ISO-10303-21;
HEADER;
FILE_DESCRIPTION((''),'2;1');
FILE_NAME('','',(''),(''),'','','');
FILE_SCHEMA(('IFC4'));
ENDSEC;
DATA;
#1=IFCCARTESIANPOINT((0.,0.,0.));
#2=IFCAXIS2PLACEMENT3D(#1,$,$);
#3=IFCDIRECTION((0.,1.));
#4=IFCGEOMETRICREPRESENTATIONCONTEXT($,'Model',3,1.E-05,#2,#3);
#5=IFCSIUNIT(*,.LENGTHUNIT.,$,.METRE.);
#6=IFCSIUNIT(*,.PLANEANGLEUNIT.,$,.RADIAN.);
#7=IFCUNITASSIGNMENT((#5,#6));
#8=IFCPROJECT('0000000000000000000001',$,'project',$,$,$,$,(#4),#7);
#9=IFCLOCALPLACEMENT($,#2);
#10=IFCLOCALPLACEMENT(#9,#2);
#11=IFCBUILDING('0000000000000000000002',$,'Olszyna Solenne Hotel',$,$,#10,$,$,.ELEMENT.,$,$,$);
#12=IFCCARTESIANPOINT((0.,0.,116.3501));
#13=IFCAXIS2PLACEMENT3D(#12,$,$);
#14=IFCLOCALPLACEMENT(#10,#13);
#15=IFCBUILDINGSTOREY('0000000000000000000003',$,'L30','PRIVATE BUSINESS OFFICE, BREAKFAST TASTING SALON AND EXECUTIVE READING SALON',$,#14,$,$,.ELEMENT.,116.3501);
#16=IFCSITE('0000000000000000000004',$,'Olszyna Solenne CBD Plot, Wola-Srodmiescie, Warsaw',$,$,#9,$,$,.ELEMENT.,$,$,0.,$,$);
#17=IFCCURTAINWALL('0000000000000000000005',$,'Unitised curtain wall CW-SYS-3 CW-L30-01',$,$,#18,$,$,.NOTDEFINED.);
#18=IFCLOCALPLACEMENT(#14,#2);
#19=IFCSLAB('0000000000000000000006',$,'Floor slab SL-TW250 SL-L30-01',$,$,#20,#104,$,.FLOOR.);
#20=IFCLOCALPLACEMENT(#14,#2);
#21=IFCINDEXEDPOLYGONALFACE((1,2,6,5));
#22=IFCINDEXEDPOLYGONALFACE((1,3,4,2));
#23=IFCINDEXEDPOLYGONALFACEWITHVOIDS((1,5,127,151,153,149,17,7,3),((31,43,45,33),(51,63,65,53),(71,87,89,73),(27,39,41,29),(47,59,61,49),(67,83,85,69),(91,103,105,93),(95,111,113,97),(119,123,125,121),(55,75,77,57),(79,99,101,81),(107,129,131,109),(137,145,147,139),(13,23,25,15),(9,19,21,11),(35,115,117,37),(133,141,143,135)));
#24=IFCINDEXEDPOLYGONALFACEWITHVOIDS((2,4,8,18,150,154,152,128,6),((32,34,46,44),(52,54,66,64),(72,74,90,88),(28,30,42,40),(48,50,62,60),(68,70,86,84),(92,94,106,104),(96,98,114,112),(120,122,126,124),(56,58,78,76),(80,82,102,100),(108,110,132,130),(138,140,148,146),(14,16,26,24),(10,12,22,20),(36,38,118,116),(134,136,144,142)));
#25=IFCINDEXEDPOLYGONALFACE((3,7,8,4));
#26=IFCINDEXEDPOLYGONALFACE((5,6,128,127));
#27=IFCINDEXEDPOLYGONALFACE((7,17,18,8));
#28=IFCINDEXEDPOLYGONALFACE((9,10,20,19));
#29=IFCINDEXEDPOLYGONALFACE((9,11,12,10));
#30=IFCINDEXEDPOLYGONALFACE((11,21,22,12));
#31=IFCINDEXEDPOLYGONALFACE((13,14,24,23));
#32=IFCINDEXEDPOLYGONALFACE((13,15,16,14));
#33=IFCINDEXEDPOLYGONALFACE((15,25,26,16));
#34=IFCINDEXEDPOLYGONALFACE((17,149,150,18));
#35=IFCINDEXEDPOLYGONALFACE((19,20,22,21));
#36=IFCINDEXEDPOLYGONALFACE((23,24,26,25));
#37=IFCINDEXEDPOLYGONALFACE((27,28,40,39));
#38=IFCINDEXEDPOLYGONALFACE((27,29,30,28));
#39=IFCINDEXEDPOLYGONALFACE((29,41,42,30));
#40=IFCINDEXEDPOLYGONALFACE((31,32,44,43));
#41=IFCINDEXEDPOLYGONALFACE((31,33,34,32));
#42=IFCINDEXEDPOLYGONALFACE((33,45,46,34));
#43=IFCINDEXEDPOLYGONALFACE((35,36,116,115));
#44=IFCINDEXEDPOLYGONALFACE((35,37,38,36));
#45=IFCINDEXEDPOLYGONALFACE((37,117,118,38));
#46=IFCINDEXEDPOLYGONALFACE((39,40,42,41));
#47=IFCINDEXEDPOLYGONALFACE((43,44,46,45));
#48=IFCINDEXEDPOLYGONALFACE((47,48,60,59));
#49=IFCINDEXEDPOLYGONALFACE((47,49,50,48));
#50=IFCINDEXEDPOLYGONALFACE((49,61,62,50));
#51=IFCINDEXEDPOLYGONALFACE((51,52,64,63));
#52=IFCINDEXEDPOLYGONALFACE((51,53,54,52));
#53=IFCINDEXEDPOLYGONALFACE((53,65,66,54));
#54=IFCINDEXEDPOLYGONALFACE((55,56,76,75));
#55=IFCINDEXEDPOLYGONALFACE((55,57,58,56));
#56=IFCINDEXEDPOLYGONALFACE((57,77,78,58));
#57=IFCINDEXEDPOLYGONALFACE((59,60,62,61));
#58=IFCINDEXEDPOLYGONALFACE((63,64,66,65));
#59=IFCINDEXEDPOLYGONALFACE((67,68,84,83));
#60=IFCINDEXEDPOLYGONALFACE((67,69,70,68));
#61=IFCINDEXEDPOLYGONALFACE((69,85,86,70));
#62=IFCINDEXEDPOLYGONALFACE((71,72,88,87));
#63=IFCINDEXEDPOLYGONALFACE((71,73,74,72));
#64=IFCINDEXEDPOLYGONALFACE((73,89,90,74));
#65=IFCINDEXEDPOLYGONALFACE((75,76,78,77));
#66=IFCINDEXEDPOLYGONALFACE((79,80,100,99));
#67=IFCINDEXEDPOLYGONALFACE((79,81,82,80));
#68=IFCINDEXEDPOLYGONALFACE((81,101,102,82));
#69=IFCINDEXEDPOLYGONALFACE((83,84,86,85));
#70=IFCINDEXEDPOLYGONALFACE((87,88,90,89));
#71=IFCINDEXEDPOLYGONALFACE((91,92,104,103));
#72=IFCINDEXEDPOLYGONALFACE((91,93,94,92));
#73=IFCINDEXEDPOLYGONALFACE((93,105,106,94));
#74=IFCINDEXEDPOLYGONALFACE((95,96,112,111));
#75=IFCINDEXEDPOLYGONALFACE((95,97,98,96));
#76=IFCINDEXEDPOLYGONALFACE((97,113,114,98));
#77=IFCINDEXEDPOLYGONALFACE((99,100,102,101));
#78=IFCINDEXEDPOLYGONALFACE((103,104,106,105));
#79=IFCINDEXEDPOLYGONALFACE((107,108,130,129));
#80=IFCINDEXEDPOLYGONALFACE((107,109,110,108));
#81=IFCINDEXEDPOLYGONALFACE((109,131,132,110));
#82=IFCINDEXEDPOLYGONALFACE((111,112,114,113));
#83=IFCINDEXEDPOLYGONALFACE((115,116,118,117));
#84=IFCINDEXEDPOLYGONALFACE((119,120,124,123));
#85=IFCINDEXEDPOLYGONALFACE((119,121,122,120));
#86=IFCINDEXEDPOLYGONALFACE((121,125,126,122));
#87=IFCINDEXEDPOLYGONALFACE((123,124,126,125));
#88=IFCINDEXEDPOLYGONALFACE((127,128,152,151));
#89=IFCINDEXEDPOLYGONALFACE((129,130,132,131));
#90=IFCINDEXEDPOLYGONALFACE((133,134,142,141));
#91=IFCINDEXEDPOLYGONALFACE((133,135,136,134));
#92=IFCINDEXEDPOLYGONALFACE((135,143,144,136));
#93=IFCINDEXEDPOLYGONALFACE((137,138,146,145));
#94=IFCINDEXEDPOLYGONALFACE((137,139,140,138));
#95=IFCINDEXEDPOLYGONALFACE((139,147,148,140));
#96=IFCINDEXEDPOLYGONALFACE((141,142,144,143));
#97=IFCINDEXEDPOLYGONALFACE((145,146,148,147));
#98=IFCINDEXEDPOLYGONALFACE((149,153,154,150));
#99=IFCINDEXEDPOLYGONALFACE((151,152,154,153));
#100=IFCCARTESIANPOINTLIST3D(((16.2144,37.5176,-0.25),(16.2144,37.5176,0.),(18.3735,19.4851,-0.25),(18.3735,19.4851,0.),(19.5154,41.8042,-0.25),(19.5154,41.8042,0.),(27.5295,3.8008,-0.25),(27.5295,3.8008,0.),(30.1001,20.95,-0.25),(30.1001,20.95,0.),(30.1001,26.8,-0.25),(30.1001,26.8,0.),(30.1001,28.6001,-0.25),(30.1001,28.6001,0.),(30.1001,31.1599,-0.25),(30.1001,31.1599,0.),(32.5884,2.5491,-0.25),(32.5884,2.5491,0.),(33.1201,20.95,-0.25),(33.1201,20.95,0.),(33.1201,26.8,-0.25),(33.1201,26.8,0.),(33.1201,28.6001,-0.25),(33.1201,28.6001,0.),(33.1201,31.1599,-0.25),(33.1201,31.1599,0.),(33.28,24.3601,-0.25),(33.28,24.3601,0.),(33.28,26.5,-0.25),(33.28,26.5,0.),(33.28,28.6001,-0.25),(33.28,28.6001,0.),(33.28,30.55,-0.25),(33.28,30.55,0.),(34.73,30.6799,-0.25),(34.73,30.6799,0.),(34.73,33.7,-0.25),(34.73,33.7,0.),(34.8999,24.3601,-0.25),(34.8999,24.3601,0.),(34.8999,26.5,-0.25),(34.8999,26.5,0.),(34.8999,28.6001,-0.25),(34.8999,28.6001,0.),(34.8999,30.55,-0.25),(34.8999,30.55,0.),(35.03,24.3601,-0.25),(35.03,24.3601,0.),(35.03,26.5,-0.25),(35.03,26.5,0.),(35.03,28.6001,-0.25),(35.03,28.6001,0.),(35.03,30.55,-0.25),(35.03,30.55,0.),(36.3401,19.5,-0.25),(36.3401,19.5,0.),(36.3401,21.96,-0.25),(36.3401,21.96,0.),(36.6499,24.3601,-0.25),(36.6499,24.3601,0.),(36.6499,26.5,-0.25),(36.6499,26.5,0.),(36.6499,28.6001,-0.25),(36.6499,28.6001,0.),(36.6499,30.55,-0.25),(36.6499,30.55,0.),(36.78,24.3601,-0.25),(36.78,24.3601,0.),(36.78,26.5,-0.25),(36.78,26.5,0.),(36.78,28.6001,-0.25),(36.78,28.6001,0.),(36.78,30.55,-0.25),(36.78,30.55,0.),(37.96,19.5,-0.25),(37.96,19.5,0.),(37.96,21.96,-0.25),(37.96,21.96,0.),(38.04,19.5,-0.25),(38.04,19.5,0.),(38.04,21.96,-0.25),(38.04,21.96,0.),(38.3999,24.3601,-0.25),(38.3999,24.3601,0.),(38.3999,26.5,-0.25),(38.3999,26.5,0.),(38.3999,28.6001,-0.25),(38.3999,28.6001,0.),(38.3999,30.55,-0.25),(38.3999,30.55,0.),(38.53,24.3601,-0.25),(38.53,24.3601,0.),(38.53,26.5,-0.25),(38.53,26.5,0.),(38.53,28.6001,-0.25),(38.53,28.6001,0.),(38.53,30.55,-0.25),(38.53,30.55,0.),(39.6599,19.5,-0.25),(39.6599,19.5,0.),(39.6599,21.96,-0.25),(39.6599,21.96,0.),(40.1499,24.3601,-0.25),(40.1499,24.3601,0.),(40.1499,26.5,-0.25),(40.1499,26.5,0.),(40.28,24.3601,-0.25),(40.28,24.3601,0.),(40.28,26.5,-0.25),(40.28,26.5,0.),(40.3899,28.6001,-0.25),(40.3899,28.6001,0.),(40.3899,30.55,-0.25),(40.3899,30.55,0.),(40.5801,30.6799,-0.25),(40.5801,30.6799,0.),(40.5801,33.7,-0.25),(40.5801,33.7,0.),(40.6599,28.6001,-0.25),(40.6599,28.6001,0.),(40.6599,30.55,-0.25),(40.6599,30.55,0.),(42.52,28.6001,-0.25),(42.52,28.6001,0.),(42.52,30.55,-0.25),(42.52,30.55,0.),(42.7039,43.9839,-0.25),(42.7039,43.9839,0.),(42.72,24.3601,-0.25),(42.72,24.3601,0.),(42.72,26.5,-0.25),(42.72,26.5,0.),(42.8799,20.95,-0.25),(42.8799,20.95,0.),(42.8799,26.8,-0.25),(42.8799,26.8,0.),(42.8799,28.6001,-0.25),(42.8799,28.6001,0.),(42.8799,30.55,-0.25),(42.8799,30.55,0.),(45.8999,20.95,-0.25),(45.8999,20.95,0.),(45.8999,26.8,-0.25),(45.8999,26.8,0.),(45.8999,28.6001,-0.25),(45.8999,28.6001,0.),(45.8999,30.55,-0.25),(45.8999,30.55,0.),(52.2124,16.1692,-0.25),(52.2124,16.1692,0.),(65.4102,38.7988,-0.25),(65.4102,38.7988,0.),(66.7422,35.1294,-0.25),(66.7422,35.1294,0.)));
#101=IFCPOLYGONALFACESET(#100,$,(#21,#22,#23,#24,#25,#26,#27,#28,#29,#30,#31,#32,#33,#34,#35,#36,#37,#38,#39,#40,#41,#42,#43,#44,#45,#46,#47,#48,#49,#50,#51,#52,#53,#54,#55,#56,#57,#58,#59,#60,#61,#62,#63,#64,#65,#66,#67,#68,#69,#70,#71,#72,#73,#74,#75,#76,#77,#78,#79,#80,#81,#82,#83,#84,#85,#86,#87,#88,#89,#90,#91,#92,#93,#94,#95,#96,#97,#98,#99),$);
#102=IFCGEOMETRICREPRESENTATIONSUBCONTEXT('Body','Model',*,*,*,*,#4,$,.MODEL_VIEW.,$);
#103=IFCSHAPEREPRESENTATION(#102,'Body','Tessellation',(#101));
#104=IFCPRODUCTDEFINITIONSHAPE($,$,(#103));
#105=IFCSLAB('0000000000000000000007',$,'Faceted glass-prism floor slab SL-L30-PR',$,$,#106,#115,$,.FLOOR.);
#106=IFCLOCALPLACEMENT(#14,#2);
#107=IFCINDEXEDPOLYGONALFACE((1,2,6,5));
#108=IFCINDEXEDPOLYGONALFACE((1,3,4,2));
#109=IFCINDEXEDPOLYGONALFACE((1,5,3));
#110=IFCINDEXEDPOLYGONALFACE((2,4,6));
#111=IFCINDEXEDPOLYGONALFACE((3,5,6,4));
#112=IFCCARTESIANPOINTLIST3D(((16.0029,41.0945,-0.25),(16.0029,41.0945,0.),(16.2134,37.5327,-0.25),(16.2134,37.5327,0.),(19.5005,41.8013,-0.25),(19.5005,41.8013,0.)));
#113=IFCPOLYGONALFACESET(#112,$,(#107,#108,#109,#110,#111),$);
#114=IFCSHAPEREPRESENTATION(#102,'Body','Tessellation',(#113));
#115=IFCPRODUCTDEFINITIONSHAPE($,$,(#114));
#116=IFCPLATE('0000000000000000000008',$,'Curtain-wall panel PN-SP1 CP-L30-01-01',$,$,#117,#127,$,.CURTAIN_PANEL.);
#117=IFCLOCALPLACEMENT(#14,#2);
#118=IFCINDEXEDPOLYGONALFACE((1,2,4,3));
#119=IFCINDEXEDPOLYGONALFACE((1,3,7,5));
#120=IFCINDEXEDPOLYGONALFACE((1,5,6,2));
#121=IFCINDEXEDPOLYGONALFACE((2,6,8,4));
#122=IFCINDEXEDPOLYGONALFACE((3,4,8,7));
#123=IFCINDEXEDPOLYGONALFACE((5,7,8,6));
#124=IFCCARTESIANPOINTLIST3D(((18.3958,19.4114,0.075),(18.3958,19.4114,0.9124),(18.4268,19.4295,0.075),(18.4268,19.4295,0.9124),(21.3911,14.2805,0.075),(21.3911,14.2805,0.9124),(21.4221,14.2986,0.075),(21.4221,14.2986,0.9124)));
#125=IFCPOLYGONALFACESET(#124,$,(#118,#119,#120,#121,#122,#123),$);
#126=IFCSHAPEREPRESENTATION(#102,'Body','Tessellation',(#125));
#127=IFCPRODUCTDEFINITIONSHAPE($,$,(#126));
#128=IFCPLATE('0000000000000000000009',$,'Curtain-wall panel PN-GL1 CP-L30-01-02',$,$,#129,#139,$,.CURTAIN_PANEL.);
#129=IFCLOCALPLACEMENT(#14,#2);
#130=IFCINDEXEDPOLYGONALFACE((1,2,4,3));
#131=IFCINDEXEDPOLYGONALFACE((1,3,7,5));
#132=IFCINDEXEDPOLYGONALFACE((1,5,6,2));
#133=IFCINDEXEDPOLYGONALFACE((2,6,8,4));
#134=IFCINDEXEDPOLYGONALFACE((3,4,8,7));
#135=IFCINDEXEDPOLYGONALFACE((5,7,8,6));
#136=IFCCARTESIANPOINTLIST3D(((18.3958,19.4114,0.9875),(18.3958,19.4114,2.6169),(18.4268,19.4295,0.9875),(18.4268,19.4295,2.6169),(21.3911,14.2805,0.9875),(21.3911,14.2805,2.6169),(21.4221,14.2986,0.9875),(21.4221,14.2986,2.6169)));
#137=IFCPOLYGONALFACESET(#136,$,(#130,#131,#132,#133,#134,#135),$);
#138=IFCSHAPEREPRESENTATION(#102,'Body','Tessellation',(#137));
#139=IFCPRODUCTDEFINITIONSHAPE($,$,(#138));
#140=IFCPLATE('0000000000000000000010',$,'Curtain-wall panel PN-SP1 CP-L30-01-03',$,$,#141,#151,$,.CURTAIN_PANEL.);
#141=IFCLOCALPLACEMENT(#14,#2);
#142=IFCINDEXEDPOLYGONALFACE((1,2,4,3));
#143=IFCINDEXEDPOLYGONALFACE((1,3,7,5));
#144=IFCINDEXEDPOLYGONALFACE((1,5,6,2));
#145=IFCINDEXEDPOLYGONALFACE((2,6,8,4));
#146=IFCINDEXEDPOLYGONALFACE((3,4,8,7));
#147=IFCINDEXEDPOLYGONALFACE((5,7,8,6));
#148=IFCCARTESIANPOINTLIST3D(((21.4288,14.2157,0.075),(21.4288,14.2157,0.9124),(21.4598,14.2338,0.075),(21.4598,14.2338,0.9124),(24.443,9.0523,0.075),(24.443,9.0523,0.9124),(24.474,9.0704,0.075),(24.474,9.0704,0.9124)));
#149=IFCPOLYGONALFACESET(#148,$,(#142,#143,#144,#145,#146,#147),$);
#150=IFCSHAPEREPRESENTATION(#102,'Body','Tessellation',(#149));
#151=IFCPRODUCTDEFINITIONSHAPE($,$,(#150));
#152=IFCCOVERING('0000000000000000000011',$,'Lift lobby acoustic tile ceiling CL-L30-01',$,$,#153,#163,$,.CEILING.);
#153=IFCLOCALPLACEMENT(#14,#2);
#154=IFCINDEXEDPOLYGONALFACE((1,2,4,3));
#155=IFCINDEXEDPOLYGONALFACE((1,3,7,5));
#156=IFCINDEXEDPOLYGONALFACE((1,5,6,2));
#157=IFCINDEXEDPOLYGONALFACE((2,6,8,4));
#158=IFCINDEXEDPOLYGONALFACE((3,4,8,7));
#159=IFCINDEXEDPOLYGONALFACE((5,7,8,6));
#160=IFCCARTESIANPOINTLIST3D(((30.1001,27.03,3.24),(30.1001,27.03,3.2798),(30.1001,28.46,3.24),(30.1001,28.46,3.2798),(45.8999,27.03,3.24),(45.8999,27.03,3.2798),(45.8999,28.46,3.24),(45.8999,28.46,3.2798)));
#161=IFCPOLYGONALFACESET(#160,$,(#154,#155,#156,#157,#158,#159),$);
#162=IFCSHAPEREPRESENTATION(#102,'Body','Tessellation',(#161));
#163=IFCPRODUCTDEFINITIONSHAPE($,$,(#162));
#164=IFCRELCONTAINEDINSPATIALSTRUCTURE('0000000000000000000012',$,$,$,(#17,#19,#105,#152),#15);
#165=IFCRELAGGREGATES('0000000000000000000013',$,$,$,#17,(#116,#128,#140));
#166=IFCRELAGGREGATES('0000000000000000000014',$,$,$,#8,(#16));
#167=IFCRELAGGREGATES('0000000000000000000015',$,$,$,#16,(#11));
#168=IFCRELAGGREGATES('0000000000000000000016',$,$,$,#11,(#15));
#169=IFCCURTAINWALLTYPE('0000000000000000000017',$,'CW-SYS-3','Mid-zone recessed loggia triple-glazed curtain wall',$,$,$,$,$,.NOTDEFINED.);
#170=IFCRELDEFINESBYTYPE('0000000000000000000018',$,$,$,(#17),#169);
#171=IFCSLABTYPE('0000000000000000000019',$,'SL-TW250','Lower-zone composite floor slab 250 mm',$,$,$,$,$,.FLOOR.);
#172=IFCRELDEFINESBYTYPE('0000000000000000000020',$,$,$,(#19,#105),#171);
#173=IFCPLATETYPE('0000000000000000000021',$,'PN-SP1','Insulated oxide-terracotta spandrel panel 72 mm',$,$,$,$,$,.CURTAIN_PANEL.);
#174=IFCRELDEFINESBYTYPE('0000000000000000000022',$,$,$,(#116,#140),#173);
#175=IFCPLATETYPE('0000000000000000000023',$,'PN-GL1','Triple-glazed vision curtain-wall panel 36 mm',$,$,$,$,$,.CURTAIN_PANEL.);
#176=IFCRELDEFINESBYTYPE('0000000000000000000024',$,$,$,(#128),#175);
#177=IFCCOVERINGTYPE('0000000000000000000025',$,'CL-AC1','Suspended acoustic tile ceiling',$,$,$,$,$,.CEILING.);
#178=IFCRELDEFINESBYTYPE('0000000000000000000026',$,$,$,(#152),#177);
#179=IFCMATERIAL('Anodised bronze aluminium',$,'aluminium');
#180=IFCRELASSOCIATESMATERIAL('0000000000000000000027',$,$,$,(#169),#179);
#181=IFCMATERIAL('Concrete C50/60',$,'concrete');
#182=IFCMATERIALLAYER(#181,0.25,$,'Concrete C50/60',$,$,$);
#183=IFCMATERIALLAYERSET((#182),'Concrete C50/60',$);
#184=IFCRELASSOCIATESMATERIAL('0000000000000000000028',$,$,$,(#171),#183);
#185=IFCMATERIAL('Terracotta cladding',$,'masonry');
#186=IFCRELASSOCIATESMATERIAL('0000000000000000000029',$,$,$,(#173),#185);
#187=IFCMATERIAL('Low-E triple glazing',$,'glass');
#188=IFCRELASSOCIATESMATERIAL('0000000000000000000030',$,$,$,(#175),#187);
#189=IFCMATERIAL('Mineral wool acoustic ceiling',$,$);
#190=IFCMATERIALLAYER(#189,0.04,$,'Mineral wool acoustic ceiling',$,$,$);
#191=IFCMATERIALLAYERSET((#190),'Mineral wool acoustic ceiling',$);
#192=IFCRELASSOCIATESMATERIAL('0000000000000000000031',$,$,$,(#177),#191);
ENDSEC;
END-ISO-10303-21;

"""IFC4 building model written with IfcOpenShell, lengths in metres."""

from ifc_helpers import new_model, si_unit, direction, frame, origin, origin_2d, place, context, subcontext, project, spatial, polyline, rectangle, outline, extrude, source, transform, mapped, material, layer, layer_set, type_object, element, aggregate, save


model = new_model("IFC4")

# Units and contexts
model_context = context("Model", 3, precision=1e-05, world=origin(), true_north=direction((0.0, 1.0)))
body_context = subcontext(model_context, "Body", "Model", "MODEL_VIEW")
ifc_project = project(units=[si_unit("LENGTHUNIT", "METRE"), si_unit("PLANEANGLEUNIT", "RADIAN")], contexts=[model_context])

# Site, building, storey
site_placement = place(None, origin())
site = spatial("IfcSite", under=ifc_project, at=site_placement, Name="Olszyna Solenne CBD Plot, Wola-Srodmiescie, Warsaw", CompositionType="ELEMENT", RefElevation=0.0)
building_placement = place(site_placement, origin())
building = spatial("IfcBuilding", under=site, at=building_placement, Name="Olszyna Solenne Hotel", CompositionType="ELEMENT")
storey_placement = place(building_placement, frame((0.0, 0.0, 116.3501)))
storey = spatial("IfcBuildingStorey", under=building, at=storey_placement, Name="L30", Description="PRIVATE BUSINESS OFFICE, BREAKFAST TASTING SALON AND EXECUTIVE READING SALON", CompositionType="ELEMENT", Elevation=116.3501)

# Curtain wall
ifc_material_1 = material(Name="Anodised bronze aluminium", Category="aluminium")
curtain_wall_type = type_object("IfcCurtainWallType", Name="CW-SYS-3", Description="Mid-zone recessed loggia triple-glazed curtain wall", PredefinedType="NOTDEFINED", material=ifc_material_1)
curtain_wall_placement = place(storey_placement, origin())
curtain_wall = element("IfcCurtainWall", 1, at=curtain_wall_placement, inside=storey, type_object=curtain_wall_type, Name="Unitised curtain wall CW-SYS-3 CW-L30-01", PredefinedType="NOTDEFINED")

# Slabs
ifc_material_2 = material(Name="Concrete C50/60", Category="concrete")
ifc_layer_1 = layer(ifc_material_2, 0.25, Name="Concrete C50/60")
ifc_layer_set_1 = layer_set([ifc_layer_1], Name="Concrete C50/60")
slab_type_1 = type_object("IfcSlabType", Name="SL-TW250", Description="Lower-zone composite floor slab 250 mm", PredefinedType="FLOOR", material=ifc_layer_set_1)
slab_1_placement = place(storey_placement, frame((0.0, 0.0, -0.25)))
element("IfcSlab", 2, at=slab_1_placement, inside=storey, type_object=slab_type_1, Name="Floor slab SL-TW250 SL-L30-01", PredefinedType="FLOOR", context=body_context, shape_type="SweptSolid", body=[
    extrude(outline(polyline([(66.7422, 35.1294), (65.4102, 38.7988), (42.7039, 43.9839), (19.5154, 41.8042), (16.2144, 37.5176), (18.3735, 19.4851), (27.5295, 3.8008), (32.5884, 2.5491), (52.2124, 16.1692), (66.7422, 35.1294)]), holes=[polyline([(30.1001, 20.95), (33.1201, 20.95), (33.1201, 26.8), (30.1001, 26.8), (30.1001, 20.95)]), polyline([(42.8799, 20.95), (45.8999, 20.95), (45.8999, 26.8), (42.8799, 26.8), (42.8799, 20.95)]), polyline([(34.73, 30.6799), (40.5801, 30.6799), (40.5801, 33.7), (34.73, 33.7), (34.73, 30.6799)]), polyline([(36.3401, 19.5), (37.96, 19.5), (37.96, 21.96), (36.3401, 21.96), (36.3401, 19.5)]), polyline([(38.04, 19.5), (39.6599, 19.5), (39.6599, 21.96), (38.04, 21.96), (38.04, 19.5)]), polyline([(30.1001, 28.6001), (33.1201, 28.6001), (33.1201, 31.1599), (30.1001, 31.1599), (30.1001, 28.6001)]), polyline([(33.28, 24.3601), (34.8999, 24.3601), (34.8999, 26.5), (33.28, 26.5), (33.28, 24.3601)]), polyline([(35.03, 24.3601), (36.6499, 24.3601), (36.6499, 26.5), (35.03, 26.5), (35.03, 24.3601)]), polyline([(36.78, 24.3601), (38.3999, 24.3601), (38.3999, 26.5), (36.78, 26.5), (36.78, 24.3601)]), polyline([(38.53, 24.3601), (40.1499, 24.3601), (40.1499, 26.5), (38.53, 26.5), (38.53, 24.3601)]), polyline([(40.28, 24.3601), (42.72, 24.3601), (42.72, 26.5), (40.28, 26.5), (40.28, 24.3601)]), polyline([(33.28, 28.6001), (34.8999, 28.6001), (34.8999, 30.55), (33.28, 30.55), (33.28, 28.6001)]), polyline([(35.03, 28.6001), (36.6499, 28.6001), (36.6499, 30.55), (35.03, 30.55), (35.03, 28.6001)]), polyline([(36.78, 28.6001), (38.3999, 28.6001), (38.3999, 30.55), (36.78, 30.55), (36.78, 28.6001)]), polyline([(38.53, 28.6001), (40.3899, 28.6001), (40.3899, 30.55), (38.53, 30.55), (38.53, 28.6001)]), polyline([(40.6599, 28.6001), (42.52, 28.6001), (42.52, 30.55), (40.6599, 30.55), (40.6599, 28.6001)]), polyline([(42.8799, 28.6001), (45.8999, 28.6001), (45.8999, 30.55), (42.8799, 30.55), (42.8799, 28.6001)])]), origin(), (0.0, 0.0, 1.0), 0.25),
])
slab_2_placement = place(storey_placement, frame((0.0, 0.0, -0.25)))
element("IfcSlab", 3, at=slab_2_placement, inside=storey, type_object=slab_type_1, Name="Faceted glass-prism floor slab SL-L30-PR", PredefinedType="FLOOR", context=body_context, shape_type="SweptSolid", body=[
    extrude(outline(polyline([(16.2134, 37.5327), (19.5005, 41.8013), (16.0029, 41.0945), (16.2134, 37.5327)])), origin(), (0.0, 0.0, 1.0), 0.25),
])

# Plates
ifc_material_3 = material(Name="Terracotta cladding", Category="masonry")
plate_type_1 = type_object("IfcPlateType", Name="PN-SP1", Description="Insulated oxide-terracotta spandrel panel 72 mm", PredefinedType="CURTAIN_PANEL", material=ifc_material_3)
shared_shape_1 = source(origin(), body_context, "Body", "SweptSolid", [
    extrude(rectangle(XDim=5.9412, YDim=0.0359, at=origin_2d()), origin(), (0.0, 0.0, 1.0), 0.8374),
])
plate_1_placement = place(storey_placement, frame((19.9089, 16.855, 0.075), z_axis=(0.0, 0.0, 1.0), x_axis=(0.504151, -0.863615, 0.0)))
plate_1 = element("IfcPlate", 4, at=plate_1_placement, type_object=plate_type_1, Name="Curtain-wall panel PN-SP1 CP-L30-01-01", PredefinedType="CURTAIN_PANEL", context=body_context, shape_type="MappedRepresentation", body=[
    mapped(shared_shape_1, transform((0.0, 0.0, 0.0), x_axis=(1.0, 0.0, 0.0), y_axis=(0.0, 1.0, 0.0), z_axis=(0.0, 0.0, 1.0), scale=1.0)),
])
ifc_material_4 = material(Name="Low-E triple glazing", Category="glass")
plate_type_2 = type_object("IfcPlateType", Name="PN-GL1", Description="Triple-glazed vision curtain-wall panel 36 mm", PredefinedType="CURTAIN_PANEL", material=ifc_material_4)
shared_shape_2 = source(origin(), body_context, "Body", "SweptSolid", [
    extrude(rectangle(XDim=5.9412, YDim=0.0359, at=origin_2d()), origin(), (0.0, 0.0, 1.0), 1.6294),
])
plate_2_placement = place(storey_placement, frame((19.9089, 16.855, 0.9875), z_axis=(0.0, 0.0, 1.0), x_axis=(0.504151, -0.863615, 0.0)))
plate_2 = element("IfcPlate", 5, at=plate_2_placement, type_object=plate_type_2, Name="Curtain-wall panel PN-GL1 CP-L30-01-02", PredefinedType="CURTAIN_PANEL", context=body_context, shape_type="MappedRepresentation", body=[
    mapped(shared_shape_2, transform((0.0, 0.0, 0.0), x_axis=(1.0, 0.0, 0.0), y_axis=(0.0, 1.0, 0.0), z_axis=(0.0, 0.0, 1.0), scale=1.0)),
])
shared_shape_3 = source(origin(), body_context, "Body", "SweptSolid", [
    extrude(rectangle(XDim=5.9788, YDim=0.0359, at=origin_2d()), origin(), (0.0, 0.0, 1.0), 0.8374),
])
plate_3_placement = place(storey_placement, frame((22.9514, 11.6431, 0.075), z_axis=(0.0, 0.0, 1.0), x_axis=(0.504151, -0.863615, 0.0)))
plate_3 = element("IfcPlate", 6, at=plate_3_placement, type_object=plate_type_1, Name="Curtain-wall panel PN-SP1 CP-L30-01-03", PredefinedType="CURTAIN_PANEL", context=body_context, shape_type="MappedRepresentation", body=[
    mapped(shared_shape_3, transform((0.0, 0.0, 0.0), x_axis=(1.0, 0.0, 0.0), y_axis=(0.0, 1.0, 0.0), z_axis=(0.0, 0.0, 1.0), scale=1.0)),
])
aggregate(curtain_wall, [plate_1, plate_2, plate_3])

# Covering
ifc_material_5 = material(Name="Mineral wool acoustic ceiling")
ifc_layer_2 = layer(ifc_material_5, 0.04, Name="Mineral wool acoustic ceiling")
ifc_layer_set_2 = layer_set([ifc_layer_2], Name="Mineral wool acoustic ceiling")
covering_type_1 = type_object("IfcCoveringType", Name="CL-AC1", Description="Suspended acoustic tile ceiling", PredefinedType="CEILING", material=ifc_layer_set_2)
covering_1_placement = place(storey_placement, frame((0.0, 0.0, 3.24)))
element("IfcCovering", 7, at=covering_1_placement, inside=storey, type_object=covering_type_1, Name="Lift lobby acoustic tile ceiling CL-L30-01", PredefinedType="CEILING", context=body_context, shape_type="SweptSolid", body=[
    extrude(outline(polyline([(30.1001, 27.03), (45.8999, 27.03), (45.8999, 28.46), (30.1001, 28.46), (30.1001, 27.03)])), origin(), (0.0, 0.0, 1.0), 0.0398),
])

save(model, "model.ifc")
